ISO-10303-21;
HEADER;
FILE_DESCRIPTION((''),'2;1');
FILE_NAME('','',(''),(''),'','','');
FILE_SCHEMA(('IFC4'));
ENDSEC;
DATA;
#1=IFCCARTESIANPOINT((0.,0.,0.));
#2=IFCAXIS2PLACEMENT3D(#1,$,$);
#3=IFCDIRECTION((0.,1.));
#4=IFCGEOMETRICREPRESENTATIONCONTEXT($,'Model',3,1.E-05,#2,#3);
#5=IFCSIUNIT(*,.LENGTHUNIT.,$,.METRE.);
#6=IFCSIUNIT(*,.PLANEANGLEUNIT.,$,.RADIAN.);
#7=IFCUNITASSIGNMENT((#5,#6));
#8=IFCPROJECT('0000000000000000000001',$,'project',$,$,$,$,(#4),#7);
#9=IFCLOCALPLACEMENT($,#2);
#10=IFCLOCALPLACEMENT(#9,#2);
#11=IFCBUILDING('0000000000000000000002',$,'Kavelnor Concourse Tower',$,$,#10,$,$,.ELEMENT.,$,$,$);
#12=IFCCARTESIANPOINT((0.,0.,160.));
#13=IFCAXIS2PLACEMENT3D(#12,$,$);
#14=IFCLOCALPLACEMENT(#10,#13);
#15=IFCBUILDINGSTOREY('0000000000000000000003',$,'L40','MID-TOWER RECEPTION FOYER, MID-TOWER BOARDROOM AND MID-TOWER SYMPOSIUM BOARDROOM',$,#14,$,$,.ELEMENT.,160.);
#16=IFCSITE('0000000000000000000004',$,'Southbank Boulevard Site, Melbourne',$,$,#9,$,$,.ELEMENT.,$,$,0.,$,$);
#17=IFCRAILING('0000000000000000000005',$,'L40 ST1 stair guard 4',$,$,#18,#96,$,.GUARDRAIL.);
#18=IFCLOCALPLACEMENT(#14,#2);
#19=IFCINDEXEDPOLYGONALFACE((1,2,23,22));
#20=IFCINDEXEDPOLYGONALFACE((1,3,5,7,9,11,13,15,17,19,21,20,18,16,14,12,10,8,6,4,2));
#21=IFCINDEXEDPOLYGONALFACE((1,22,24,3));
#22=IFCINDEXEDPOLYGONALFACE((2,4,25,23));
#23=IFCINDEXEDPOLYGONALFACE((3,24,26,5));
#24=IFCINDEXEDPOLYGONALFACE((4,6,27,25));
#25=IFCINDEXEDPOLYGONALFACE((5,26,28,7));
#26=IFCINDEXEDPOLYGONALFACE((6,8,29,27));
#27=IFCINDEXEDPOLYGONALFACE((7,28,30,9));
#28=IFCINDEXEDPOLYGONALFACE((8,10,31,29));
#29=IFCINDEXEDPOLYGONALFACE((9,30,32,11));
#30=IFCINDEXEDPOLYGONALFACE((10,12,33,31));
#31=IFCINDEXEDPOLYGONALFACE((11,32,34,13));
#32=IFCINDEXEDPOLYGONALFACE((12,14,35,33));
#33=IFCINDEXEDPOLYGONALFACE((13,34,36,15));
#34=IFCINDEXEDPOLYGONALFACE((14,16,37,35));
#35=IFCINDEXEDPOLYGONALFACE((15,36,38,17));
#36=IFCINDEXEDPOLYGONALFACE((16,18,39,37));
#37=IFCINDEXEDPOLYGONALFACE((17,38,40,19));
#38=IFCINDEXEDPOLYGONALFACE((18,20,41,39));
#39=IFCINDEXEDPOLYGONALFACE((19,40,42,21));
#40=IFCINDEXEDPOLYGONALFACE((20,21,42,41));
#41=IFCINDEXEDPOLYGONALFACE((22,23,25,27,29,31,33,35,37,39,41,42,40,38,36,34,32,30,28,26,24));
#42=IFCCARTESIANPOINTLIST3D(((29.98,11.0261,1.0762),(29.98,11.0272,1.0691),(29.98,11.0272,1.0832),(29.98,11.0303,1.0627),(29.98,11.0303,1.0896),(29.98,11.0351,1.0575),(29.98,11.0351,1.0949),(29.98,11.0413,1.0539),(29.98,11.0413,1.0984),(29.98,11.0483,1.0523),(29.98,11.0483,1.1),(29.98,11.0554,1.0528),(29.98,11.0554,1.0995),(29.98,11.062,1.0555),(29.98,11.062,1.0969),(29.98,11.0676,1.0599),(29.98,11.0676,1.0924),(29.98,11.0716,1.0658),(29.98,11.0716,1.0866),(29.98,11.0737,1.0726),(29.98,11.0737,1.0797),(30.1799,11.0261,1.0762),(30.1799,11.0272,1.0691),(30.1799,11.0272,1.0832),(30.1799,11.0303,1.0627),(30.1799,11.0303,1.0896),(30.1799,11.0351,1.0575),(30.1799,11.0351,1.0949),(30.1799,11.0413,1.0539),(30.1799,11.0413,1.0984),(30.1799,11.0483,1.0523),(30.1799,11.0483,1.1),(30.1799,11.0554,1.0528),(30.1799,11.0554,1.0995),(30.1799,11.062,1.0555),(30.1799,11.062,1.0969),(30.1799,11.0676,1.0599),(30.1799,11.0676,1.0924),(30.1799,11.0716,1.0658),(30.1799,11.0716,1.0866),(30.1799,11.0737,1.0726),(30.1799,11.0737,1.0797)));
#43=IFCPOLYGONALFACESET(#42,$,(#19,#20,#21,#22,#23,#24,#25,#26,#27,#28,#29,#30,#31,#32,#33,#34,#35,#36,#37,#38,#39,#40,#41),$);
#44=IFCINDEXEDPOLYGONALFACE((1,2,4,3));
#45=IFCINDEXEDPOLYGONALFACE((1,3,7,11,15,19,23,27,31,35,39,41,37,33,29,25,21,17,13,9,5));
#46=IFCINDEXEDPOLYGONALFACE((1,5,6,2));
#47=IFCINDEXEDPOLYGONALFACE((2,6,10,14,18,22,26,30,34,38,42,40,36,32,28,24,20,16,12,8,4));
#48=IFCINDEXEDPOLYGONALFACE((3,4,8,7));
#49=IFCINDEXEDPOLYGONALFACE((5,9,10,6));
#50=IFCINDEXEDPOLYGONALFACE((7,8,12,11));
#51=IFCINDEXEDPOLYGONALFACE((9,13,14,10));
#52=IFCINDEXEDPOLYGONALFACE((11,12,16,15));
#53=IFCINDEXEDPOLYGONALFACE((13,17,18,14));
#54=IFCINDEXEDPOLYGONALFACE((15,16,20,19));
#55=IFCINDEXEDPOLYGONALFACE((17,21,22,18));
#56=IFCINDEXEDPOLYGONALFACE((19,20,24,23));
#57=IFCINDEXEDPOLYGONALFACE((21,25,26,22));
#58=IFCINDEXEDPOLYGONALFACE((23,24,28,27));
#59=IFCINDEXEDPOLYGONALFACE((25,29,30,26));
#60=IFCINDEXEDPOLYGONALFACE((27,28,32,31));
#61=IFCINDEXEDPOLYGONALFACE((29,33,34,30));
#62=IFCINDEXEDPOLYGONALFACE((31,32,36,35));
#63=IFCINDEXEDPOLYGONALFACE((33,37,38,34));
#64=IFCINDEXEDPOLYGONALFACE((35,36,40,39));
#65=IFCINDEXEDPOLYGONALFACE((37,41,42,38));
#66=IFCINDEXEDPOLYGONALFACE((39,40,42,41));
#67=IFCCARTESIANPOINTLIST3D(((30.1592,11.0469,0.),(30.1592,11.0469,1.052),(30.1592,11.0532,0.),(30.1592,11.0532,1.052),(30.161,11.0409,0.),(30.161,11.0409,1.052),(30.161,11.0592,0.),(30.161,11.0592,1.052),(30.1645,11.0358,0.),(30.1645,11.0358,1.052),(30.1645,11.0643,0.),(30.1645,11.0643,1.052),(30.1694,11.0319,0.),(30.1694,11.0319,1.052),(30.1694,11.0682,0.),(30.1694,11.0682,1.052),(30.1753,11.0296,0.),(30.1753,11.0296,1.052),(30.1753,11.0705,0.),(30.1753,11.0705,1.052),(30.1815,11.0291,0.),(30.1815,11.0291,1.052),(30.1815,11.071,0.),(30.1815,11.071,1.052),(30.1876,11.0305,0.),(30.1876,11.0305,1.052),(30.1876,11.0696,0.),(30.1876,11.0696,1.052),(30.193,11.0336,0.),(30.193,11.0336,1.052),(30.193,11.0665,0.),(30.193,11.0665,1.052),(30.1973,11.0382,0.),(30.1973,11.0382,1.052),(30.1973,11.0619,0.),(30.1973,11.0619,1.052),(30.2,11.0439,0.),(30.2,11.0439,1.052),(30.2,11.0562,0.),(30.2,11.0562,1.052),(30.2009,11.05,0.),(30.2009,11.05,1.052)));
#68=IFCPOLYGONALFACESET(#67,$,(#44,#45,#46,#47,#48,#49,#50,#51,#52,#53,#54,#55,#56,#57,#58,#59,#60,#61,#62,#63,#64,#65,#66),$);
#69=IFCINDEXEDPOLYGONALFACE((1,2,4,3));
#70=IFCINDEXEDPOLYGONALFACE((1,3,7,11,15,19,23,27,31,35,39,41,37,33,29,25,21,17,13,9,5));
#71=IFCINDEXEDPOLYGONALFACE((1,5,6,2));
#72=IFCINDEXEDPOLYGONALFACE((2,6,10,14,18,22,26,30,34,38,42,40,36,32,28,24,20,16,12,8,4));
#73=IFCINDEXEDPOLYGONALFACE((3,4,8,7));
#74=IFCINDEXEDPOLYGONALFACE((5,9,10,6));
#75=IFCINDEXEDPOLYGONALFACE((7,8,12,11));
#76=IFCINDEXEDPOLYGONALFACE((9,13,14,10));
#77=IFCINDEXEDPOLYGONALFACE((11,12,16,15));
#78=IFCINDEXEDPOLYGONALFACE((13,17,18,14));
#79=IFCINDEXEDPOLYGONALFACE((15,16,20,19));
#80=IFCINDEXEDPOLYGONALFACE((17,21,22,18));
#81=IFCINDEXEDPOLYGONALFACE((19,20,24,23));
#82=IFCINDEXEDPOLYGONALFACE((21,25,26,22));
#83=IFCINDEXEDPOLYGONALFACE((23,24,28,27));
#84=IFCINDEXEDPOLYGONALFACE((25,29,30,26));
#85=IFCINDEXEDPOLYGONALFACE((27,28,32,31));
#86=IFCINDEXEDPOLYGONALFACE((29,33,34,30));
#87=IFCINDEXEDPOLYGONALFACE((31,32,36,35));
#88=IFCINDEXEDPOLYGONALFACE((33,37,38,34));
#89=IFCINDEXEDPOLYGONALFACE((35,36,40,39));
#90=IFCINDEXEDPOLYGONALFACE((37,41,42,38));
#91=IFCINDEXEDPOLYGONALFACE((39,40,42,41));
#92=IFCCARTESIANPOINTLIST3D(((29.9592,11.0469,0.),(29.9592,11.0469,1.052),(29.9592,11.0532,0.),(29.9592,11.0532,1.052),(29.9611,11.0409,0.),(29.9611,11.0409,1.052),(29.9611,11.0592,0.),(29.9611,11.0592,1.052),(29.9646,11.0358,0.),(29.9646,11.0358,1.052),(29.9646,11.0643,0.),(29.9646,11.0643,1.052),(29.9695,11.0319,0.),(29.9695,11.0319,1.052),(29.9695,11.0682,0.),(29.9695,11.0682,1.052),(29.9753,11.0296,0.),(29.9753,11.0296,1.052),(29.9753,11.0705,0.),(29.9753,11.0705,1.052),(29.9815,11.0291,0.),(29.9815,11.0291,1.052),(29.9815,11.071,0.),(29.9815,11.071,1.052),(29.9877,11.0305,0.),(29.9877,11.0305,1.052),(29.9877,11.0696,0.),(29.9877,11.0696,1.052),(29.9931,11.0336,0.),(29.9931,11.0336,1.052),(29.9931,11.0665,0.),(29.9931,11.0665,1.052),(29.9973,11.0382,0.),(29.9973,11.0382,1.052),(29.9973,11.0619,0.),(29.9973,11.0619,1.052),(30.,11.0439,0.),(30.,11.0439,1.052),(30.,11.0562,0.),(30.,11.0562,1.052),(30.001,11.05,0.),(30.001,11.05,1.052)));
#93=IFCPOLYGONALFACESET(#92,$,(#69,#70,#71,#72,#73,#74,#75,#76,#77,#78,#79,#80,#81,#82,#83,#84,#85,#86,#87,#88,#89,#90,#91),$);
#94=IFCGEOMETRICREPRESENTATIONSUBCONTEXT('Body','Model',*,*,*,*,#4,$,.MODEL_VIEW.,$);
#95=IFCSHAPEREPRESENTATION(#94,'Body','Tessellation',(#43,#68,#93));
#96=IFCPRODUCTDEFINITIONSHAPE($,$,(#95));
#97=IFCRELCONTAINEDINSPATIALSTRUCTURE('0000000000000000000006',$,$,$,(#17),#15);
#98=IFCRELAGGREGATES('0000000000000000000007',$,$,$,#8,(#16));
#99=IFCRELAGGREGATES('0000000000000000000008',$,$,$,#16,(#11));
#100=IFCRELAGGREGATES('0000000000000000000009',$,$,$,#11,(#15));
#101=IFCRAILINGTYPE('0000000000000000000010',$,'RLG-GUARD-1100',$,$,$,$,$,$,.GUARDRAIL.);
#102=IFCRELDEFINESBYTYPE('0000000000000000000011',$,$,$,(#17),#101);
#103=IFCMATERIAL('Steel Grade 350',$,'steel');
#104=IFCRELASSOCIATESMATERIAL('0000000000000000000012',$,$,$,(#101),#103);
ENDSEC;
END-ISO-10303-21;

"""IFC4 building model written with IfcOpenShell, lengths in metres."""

from ifc_helpers import new_model, si_unit, direction, frame, origin, origin_2d, place, context, subcontext, project, spatial, circle, extrude, material, type_object, element, save


model = new_model("IFC4")

# Units and contexts
model_context = context("Model", 3, precision=1e-05, world=origin(), true_north=direction((0.0, 1.0)))
body_context = subcontext(model_context, "Body", "Model", "MODEL_VIEW")
ifc_project = project(units=[si_unit("LENGTHUNIT", "METRE"), si_unit("PLANEANGLEUNIT", "RADIAN")], contexts=[model_context])

# Site, building, storey
site_placement = place(None, origin())
site = spatial("IfcSite", under=ifc_project, at=site_placement, Name="Southbank Boulevard Site, Melbourne", CompositionType="ELEMENT", RefElevation=0.0)
building_placement = place(site_placement, origin())
building = spatial("IfcBuilding", under=site, at=building_placement, Name="Kavelnor Concourse Tower", CompositionType="ELEMENT")
storey_placement = place(building_placement, frame((0.0, 0.0, 160.0)))
storey = spatial("IfcBuildingStorey", under=building, at=storey_placement, Name="L40", Description="MID-TOWER RECEPTION FOYER, MID-TOWER BOARDROOM AND MID-TOWER SYMPOSIUM BOARDROOM", CompositionType="ELEMENT", Elevation=160.0)

# Shared definitions
ifc_material_1 = material(Name="Steel Grade 350", Category="steel")

# Railing
railing_type_1 = type_object("IfcRailingType", Name="RLG-GUARD-1100", PredefinedType="GUARDRAIL", material=ifc_material_1)
railing_1_placement = place(storey_placement, frame((30.1799, 11.05, 0.0)))
element("IfcRailing", 1, at=railing_1_placement, inside=storey, type_object=railing_type_1, Name="L40 ST1 stair guard 4", PredefinedType="GUARDRAIL", context=body_context, shape_type="SweptSolid", body=[
    extrude(circle(Radius=0.0239, at=origin_2d()), frame((0.0, 0.0, 1.0762), z_axis=(-1.0, 0.0, 0.0), x_axis=(0.0, -1.0, 0.0)), (0.0, 0.0, 1.0), 0.2),
    extrude(circle(Radius=0.021, at=origin_2d()), origin(), (0.0, 0.0, 1.0), 1.052),
    extrude(circle(Radius=0.021, at=origin_2d()), frame((-0.2, 0.0, 0.0)), (0.0, 0.0, 1.0), 1.052),
])

save(model, "model.ifc")
